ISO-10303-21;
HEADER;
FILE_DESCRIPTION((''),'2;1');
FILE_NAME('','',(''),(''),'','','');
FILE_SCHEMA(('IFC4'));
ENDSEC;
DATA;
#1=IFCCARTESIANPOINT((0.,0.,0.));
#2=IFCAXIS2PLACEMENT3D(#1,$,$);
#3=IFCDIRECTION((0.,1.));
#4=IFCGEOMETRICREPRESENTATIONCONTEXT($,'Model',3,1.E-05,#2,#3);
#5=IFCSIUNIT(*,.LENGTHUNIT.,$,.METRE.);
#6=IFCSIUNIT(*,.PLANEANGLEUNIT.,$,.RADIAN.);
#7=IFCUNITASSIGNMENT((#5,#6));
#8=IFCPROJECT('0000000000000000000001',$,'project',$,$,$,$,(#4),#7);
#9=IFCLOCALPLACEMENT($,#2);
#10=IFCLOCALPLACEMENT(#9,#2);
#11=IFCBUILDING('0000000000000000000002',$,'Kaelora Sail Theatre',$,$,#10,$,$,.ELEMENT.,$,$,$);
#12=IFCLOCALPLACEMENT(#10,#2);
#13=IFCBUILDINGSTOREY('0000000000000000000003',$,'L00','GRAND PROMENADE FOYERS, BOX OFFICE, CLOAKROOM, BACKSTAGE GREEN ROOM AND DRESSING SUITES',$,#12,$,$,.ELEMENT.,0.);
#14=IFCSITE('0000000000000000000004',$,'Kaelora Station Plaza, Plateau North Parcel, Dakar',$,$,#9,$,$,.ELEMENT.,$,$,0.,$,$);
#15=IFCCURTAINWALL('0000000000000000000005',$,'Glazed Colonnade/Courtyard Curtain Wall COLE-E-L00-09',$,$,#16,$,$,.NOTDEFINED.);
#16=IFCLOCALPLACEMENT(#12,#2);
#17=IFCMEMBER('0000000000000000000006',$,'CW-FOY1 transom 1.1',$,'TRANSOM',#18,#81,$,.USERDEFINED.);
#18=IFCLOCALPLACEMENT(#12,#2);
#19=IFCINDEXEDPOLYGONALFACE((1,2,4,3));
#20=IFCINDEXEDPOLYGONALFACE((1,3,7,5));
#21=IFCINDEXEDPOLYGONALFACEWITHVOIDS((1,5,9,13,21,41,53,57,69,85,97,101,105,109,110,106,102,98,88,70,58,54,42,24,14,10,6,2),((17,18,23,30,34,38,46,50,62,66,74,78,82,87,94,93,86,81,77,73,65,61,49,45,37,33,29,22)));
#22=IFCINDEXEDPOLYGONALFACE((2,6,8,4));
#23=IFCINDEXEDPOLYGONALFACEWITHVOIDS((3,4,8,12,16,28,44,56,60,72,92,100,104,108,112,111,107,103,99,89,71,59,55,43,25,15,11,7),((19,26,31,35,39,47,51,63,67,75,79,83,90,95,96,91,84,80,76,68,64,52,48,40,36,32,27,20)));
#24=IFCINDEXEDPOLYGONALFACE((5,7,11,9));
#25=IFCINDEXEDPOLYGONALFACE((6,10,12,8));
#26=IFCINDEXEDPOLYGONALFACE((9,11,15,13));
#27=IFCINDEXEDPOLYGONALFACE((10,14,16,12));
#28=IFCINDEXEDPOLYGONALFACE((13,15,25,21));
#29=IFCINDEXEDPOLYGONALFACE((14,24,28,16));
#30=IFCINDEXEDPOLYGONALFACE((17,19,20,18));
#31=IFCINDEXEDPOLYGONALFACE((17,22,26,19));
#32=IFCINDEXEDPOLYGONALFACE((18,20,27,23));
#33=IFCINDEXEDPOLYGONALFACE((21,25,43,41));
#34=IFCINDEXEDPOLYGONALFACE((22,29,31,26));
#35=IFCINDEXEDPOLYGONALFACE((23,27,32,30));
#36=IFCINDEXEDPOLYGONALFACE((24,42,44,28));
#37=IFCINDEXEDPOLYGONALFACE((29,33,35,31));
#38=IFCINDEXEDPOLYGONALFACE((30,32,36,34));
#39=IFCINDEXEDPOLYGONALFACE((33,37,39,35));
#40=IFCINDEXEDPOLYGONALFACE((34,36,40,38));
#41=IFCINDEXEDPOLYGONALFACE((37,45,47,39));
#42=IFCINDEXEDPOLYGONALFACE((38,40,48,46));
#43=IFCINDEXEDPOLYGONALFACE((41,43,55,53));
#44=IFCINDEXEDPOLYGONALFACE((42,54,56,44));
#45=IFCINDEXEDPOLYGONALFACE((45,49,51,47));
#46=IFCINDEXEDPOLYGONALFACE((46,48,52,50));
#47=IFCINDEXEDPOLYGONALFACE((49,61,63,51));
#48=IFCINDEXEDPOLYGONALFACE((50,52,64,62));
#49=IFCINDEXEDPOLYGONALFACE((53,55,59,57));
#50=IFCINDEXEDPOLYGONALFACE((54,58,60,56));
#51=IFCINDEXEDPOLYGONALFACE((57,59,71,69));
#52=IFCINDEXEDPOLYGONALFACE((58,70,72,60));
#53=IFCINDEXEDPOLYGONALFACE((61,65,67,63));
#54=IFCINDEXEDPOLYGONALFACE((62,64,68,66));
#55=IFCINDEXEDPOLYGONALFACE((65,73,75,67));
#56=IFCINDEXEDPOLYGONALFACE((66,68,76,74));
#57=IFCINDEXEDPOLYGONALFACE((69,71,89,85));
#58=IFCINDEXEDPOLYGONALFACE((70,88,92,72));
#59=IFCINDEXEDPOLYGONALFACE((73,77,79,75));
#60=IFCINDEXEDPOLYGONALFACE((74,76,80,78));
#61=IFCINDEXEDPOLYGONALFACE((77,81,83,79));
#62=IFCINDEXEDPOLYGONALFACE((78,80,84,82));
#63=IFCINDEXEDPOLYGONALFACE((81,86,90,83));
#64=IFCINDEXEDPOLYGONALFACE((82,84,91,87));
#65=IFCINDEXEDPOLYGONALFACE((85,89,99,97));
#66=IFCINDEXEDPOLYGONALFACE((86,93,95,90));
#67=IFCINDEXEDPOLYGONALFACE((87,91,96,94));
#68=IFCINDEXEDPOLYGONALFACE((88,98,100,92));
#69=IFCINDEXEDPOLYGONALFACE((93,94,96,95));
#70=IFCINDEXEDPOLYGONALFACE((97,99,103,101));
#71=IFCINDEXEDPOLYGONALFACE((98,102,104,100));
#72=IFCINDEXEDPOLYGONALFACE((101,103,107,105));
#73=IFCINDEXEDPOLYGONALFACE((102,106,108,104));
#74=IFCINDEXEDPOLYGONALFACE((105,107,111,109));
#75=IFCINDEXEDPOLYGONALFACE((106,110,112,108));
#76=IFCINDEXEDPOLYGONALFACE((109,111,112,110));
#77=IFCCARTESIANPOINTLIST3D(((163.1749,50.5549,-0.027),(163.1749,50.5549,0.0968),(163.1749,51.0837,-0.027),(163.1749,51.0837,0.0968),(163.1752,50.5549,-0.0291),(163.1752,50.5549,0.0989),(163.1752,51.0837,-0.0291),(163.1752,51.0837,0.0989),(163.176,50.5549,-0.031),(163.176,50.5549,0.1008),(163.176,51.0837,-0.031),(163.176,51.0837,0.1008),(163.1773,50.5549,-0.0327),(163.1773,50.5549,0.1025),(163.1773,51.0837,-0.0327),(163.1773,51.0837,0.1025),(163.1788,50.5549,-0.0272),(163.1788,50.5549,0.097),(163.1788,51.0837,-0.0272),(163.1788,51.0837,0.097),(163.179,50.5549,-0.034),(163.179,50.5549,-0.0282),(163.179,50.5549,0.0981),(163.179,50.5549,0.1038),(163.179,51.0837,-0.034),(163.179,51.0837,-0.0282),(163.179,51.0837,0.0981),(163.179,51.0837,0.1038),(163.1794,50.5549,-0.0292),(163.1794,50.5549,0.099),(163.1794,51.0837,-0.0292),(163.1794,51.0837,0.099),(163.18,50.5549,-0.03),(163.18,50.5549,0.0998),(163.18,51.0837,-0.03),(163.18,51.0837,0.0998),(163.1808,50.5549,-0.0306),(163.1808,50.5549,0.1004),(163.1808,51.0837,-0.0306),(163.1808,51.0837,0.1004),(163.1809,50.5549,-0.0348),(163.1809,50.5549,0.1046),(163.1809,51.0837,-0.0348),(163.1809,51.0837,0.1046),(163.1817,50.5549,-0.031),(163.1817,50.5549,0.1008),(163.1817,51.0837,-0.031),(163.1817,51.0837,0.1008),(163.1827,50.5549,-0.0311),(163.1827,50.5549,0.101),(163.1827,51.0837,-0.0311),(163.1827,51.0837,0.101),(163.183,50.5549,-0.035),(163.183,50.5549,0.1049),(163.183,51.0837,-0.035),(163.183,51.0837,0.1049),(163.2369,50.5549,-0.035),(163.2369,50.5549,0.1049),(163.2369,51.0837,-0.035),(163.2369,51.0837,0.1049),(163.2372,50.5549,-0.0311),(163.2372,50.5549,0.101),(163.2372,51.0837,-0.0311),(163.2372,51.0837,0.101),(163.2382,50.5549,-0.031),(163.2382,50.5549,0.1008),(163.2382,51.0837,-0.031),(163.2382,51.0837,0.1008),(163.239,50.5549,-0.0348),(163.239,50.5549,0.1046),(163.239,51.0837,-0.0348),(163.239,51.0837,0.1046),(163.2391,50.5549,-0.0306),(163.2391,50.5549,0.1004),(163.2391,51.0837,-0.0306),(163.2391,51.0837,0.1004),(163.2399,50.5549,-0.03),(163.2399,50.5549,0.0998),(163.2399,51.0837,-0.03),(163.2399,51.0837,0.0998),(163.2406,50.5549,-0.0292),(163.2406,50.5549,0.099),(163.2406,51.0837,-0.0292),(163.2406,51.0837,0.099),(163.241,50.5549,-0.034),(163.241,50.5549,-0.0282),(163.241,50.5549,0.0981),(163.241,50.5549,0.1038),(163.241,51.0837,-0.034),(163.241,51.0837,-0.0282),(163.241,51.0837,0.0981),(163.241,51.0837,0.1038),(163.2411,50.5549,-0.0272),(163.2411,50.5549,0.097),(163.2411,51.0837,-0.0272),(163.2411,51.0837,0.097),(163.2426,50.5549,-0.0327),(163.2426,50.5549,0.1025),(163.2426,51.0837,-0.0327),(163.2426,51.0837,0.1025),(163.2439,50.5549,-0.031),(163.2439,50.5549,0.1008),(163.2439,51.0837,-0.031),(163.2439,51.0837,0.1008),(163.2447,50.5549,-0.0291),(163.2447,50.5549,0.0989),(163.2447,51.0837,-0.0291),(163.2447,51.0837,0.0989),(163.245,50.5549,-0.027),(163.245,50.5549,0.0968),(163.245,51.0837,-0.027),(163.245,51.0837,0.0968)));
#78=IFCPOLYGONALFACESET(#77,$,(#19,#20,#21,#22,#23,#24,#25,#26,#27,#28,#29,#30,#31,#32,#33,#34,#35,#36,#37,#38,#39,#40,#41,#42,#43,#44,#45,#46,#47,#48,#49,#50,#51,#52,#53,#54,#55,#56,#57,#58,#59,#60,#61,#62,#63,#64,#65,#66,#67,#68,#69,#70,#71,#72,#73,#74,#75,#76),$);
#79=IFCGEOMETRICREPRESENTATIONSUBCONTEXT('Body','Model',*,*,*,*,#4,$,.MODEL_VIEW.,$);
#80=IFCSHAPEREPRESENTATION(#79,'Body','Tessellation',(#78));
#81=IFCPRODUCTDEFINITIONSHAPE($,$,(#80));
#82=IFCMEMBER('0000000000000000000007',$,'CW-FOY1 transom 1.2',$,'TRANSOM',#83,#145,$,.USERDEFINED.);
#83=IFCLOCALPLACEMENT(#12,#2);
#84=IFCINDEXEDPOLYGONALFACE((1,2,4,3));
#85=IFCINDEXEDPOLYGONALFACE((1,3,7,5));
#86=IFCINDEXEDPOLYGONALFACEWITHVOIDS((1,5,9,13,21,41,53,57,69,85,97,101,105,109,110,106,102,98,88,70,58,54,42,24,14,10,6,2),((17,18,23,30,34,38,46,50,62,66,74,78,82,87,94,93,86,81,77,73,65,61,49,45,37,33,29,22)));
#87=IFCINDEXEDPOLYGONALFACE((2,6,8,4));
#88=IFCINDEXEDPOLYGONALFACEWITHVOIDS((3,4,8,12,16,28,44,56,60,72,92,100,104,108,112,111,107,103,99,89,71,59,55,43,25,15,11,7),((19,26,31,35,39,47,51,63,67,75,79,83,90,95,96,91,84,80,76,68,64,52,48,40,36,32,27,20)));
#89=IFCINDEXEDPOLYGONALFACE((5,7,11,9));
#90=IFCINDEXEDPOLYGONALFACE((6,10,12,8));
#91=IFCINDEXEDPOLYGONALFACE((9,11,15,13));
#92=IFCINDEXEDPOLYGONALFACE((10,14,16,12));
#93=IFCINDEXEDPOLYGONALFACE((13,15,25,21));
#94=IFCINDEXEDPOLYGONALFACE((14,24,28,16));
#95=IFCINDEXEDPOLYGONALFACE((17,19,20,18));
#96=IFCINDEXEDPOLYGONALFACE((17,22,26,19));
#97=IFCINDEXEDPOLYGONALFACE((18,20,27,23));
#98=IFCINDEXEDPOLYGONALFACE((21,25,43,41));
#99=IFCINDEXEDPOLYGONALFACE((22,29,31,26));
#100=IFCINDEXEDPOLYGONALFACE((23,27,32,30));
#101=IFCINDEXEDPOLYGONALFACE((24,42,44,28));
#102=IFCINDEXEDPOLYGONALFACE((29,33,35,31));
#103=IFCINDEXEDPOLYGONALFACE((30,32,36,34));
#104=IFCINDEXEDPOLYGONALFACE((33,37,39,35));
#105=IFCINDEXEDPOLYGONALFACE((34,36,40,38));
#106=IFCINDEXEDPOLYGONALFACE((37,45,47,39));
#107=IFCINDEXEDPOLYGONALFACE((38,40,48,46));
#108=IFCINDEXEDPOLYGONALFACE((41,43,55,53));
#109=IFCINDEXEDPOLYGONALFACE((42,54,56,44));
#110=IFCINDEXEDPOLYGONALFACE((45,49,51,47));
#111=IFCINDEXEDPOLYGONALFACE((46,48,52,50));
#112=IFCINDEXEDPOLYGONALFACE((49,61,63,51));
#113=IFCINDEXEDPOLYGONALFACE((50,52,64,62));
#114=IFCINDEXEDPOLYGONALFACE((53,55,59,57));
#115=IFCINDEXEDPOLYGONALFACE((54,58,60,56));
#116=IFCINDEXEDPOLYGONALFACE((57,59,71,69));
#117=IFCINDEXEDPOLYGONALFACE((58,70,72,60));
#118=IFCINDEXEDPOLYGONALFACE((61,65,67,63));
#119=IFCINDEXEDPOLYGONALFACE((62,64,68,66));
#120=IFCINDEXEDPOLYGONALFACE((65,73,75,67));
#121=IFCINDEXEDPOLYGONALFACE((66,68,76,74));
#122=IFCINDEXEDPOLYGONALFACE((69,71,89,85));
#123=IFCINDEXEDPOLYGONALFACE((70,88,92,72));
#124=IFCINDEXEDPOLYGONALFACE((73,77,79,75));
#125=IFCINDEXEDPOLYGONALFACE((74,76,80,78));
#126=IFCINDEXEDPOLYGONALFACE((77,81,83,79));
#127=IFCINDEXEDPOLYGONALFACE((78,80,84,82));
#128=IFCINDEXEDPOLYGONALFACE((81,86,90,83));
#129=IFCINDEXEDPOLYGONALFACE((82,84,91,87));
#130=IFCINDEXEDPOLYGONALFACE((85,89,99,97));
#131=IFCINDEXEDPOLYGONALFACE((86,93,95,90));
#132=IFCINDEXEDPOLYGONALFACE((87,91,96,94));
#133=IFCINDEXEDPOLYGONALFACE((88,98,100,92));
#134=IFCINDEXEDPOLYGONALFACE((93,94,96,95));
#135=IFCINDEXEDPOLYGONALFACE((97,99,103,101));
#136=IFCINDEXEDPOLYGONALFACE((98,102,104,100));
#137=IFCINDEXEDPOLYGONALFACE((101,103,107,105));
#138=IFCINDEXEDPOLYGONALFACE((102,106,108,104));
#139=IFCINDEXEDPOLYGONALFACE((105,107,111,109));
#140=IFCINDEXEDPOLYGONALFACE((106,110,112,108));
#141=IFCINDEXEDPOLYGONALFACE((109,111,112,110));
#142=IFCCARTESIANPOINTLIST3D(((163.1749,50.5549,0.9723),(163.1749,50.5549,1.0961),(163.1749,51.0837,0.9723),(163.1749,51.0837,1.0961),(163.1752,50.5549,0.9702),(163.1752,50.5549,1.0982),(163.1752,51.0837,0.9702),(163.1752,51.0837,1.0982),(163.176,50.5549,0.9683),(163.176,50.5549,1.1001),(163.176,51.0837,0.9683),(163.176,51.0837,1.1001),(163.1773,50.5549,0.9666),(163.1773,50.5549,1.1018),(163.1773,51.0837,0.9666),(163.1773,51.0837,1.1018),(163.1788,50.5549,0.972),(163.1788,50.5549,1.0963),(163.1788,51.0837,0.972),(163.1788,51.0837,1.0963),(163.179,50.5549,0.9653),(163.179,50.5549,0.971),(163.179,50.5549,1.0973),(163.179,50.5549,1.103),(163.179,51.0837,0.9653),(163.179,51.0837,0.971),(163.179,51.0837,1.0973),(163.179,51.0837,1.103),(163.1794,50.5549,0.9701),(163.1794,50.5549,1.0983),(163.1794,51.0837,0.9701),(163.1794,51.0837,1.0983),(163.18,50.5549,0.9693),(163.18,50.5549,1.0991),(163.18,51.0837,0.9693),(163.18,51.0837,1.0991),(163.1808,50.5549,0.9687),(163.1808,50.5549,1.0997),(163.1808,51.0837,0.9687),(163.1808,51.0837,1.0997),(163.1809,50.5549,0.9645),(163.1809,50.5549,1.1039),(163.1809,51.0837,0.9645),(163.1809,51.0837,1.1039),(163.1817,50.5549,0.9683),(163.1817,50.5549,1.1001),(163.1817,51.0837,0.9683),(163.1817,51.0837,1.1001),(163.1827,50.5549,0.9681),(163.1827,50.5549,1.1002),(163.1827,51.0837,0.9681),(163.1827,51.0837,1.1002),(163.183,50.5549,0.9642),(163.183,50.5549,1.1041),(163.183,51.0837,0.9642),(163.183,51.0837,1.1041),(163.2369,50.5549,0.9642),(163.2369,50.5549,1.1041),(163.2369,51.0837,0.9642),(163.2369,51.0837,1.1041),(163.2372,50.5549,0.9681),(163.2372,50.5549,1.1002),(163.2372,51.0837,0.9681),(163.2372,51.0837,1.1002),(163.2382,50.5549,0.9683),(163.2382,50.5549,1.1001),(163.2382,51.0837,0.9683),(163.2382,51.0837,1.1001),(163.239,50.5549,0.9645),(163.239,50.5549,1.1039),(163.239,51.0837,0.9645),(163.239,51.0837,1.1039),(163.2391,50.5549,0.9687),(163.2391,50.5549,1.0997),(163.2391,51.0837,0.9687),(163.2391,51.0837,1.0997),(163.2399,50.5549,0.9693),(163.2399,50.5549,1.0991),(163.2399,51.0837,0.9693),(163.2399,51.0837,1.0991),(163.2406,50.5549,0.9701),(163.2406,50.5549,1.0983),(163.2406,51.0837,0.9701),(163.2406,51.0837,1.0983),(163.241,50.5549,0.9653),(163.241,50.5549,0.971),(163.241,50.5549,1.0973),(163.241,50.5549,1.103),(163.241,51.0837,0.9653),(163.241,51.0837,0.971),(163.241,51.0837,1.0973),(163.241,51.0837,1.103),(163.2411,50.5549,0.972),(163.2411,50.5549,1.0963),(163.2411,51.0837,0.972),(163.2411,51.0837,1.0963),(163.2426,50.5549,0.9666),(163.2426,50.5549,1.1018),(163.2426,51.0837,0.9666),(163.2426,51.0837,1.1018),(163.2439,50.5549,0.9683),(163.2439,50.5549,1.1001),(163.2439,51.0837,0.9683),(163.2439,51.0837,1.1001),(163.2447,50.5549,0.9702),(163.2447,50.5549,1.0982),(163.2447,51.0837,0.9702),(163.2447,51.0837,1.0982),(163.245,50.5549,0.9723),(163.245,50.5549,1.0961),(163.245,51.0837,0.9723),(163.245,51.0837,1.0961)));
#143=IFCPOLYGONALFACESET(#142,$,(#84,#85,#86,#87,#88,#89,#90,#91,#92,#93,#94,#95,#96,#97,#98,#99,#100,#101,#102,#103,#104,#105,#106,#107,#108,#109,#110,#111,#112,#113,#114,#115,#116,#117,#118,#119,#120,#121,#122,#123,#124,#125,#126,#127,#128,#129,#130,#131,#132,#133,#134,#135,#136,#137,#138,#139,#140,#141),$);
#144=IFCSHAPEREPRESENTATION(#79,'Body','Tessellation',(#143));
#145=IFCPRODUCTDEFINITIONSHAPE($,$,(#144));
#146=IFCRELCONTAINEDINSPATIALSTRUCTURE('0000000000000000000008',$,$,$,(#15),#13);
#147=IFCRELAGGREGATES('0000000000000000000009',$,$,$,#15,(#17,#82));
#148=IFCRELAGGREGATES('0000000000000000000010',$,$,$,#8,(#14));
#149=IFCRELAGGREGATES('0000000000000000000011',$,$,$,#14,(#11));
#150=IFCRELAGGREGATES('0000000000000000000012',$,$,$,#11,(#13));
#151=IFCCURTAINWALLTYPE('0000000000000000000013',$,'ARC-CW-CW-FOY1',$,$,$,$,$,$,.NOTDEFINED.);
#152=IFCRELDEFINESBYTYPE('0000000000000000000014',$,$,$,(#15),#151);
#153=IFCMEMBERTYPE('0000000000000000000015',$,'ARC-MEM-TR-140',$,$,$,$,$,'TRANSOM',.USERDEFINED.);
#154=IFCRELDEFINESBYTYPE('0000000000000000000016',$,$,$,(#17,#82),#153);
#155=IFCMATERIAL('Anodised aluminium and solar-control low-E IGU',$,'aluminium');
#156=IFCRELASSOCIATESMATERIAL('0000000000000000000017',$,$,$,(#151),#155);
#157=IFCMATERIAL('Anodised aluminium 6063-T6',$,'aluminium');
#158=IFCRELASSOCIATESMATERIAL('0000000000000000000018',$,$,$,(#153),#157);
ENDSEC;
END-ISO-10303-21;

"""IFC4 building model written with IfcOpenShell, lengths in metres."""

from ifc_helpers import new_model, si_unit, direction, frame, origin, origin_2d, place, context, subcontext, project, spatial, hollow_rectangle, extrude, material, material_profile, profile_set, type_object, element, aggregate, save


model = new_model("IFC4")

# Units and contexts
model_context = context("Model", 3, precision=1e-05, world=origin(), true_north=direction((0.0, 1.0)))
body_context = subcontext(model_context, "Body", "Model", "MODEL_VIEW")
ifc_project = project(units=[si_unit("LENGTHUNIT", "METRE"), si_unit("PLANEANGLEUNIT", "RADIAN")], contexts=[model_context])

# Site, building, storey
site_placement = place(None, origin())
site = spatial("IfcSite", under=ifc_project, at=site_placement, Name="Kaelora Station Plaza, Plateau North Parcel, Dakar", CompositionType="ELEMENT", RefElevation=0.0)
building_placement = place(site_placement, origin())
building = spatial("IfcBuilding", under=site, at=building_placement, Name="Kaelora Sail Theatre", CompositionType="ELEMENT")
storey_placement = place(building_placement, origin())
storey = spatial("IfcBuildingStorey", under=building, at=storey_placement, Name="L00", Description="GRAND PROMENADE FOYERS, BOX OFFICE, CLOAKROOM, BACKSTAGE GREEN ROOM AND DRESSING SUITES", CompositionType="ELEMENT", Elevation=0.0)

# Shared definitions
ifc_material_1 = material(Name="Anodised aluminium and solar-control low-E IGU", Category="aluminium")
curtain_wall_type = type_object("IfcCurtainWallType", Name="ARC-CW-CW-FOY1", PredefinedType="NOTDEFINED", material=ifc_material_1)

# Curtain wall
curtain_wall_1_placement = place(storey_placement, origin())
curtain_wall_1 = element("IfcCurtainWall", 1, at=curtain_wall_1_placement, inside=storey, type_object=curtain_wall_type, Name="Glazed Colonnade/Courtyard Curtain Wall COLE-E-L00-09", PredefinedType="NOTDEFINED")

# Members
ifc_material_2 = material(Name="Anodised aluminium 6063-T6", Category="aluminium")
ifc_material_profile_1 = material_profile(ifc_material_2, hollow_rectangle(XDim=0.0701, YDim=0.1399, WallThickness=0.0039, InnerFilletRadius=0.0039, OuterFilletRadius=0.0081, at=origin_2d()), Name="ALU-TRAN 70x140x4")
ifc_profile_set_1 = profile_set([ifc_material_profile_1], Name="Anodised aluminium 6063-T6")
member_type_1 = type_object("IfcMemberType", Name="ARC-MEM-TR-140", ElementType="TRANSOM", PredefinedType="USERDEFINED", material=ifc_profile_set_1)
member_1_placement = place(storey_placement, frame((163.21, 50.5549, 0.0349), z_axis=(0.0, 1.0, 0.0), x_axis=(-1.0, 0.0, 0.0)))
member_1 = element("IfcMember", 2, at=member_1_placement, type_object=member_type_1, Name="CW-FOY1 transom 1.1", ObjectType="TRANSOM", PredefinedType="USERDEFINED", context=body_context, shape_type="SweptSolid", body=[
    extrude(hollow_rectangle(XDim=0.0701, YDim=0.1399, WallThickness=0.0039, InnerFilletRadius=0.0039, OuterFilletRadius=0.0081, at=origin_2d()), origin(), (0.0, 0.0, 1.0), 0.5288),
])
member_2_placement = place(storey_placement, frame((163.21, 50.5549, 1.0342), z_axis=(0.0, 1.0, 0.0), x_axis=(-1.0, 0.0, 0.0)))
member_2 = element("IfcMember", 3, at=member_2_placement, type_object=member_type_1, Name="CW-FOY1 transom 1.2", ObjectType="TRANSOM", PredefinedType="USERDEFINED", context=body_context, shape_type="SweptSolid", body=[
    extrude(hollow_rectangle(XDim=0.0701, YDim=0.1399, WallThickness=0.0039, InnerFilletRadius=0.0039, OuterFilletRadius=0.0081, at=origin_2d()), origin(), (0.0, 0.0, 1.0), 0.5288),
])
aggregate(curtain_wall_1, [member_1, member_2])

save(model, "model.ifc")
